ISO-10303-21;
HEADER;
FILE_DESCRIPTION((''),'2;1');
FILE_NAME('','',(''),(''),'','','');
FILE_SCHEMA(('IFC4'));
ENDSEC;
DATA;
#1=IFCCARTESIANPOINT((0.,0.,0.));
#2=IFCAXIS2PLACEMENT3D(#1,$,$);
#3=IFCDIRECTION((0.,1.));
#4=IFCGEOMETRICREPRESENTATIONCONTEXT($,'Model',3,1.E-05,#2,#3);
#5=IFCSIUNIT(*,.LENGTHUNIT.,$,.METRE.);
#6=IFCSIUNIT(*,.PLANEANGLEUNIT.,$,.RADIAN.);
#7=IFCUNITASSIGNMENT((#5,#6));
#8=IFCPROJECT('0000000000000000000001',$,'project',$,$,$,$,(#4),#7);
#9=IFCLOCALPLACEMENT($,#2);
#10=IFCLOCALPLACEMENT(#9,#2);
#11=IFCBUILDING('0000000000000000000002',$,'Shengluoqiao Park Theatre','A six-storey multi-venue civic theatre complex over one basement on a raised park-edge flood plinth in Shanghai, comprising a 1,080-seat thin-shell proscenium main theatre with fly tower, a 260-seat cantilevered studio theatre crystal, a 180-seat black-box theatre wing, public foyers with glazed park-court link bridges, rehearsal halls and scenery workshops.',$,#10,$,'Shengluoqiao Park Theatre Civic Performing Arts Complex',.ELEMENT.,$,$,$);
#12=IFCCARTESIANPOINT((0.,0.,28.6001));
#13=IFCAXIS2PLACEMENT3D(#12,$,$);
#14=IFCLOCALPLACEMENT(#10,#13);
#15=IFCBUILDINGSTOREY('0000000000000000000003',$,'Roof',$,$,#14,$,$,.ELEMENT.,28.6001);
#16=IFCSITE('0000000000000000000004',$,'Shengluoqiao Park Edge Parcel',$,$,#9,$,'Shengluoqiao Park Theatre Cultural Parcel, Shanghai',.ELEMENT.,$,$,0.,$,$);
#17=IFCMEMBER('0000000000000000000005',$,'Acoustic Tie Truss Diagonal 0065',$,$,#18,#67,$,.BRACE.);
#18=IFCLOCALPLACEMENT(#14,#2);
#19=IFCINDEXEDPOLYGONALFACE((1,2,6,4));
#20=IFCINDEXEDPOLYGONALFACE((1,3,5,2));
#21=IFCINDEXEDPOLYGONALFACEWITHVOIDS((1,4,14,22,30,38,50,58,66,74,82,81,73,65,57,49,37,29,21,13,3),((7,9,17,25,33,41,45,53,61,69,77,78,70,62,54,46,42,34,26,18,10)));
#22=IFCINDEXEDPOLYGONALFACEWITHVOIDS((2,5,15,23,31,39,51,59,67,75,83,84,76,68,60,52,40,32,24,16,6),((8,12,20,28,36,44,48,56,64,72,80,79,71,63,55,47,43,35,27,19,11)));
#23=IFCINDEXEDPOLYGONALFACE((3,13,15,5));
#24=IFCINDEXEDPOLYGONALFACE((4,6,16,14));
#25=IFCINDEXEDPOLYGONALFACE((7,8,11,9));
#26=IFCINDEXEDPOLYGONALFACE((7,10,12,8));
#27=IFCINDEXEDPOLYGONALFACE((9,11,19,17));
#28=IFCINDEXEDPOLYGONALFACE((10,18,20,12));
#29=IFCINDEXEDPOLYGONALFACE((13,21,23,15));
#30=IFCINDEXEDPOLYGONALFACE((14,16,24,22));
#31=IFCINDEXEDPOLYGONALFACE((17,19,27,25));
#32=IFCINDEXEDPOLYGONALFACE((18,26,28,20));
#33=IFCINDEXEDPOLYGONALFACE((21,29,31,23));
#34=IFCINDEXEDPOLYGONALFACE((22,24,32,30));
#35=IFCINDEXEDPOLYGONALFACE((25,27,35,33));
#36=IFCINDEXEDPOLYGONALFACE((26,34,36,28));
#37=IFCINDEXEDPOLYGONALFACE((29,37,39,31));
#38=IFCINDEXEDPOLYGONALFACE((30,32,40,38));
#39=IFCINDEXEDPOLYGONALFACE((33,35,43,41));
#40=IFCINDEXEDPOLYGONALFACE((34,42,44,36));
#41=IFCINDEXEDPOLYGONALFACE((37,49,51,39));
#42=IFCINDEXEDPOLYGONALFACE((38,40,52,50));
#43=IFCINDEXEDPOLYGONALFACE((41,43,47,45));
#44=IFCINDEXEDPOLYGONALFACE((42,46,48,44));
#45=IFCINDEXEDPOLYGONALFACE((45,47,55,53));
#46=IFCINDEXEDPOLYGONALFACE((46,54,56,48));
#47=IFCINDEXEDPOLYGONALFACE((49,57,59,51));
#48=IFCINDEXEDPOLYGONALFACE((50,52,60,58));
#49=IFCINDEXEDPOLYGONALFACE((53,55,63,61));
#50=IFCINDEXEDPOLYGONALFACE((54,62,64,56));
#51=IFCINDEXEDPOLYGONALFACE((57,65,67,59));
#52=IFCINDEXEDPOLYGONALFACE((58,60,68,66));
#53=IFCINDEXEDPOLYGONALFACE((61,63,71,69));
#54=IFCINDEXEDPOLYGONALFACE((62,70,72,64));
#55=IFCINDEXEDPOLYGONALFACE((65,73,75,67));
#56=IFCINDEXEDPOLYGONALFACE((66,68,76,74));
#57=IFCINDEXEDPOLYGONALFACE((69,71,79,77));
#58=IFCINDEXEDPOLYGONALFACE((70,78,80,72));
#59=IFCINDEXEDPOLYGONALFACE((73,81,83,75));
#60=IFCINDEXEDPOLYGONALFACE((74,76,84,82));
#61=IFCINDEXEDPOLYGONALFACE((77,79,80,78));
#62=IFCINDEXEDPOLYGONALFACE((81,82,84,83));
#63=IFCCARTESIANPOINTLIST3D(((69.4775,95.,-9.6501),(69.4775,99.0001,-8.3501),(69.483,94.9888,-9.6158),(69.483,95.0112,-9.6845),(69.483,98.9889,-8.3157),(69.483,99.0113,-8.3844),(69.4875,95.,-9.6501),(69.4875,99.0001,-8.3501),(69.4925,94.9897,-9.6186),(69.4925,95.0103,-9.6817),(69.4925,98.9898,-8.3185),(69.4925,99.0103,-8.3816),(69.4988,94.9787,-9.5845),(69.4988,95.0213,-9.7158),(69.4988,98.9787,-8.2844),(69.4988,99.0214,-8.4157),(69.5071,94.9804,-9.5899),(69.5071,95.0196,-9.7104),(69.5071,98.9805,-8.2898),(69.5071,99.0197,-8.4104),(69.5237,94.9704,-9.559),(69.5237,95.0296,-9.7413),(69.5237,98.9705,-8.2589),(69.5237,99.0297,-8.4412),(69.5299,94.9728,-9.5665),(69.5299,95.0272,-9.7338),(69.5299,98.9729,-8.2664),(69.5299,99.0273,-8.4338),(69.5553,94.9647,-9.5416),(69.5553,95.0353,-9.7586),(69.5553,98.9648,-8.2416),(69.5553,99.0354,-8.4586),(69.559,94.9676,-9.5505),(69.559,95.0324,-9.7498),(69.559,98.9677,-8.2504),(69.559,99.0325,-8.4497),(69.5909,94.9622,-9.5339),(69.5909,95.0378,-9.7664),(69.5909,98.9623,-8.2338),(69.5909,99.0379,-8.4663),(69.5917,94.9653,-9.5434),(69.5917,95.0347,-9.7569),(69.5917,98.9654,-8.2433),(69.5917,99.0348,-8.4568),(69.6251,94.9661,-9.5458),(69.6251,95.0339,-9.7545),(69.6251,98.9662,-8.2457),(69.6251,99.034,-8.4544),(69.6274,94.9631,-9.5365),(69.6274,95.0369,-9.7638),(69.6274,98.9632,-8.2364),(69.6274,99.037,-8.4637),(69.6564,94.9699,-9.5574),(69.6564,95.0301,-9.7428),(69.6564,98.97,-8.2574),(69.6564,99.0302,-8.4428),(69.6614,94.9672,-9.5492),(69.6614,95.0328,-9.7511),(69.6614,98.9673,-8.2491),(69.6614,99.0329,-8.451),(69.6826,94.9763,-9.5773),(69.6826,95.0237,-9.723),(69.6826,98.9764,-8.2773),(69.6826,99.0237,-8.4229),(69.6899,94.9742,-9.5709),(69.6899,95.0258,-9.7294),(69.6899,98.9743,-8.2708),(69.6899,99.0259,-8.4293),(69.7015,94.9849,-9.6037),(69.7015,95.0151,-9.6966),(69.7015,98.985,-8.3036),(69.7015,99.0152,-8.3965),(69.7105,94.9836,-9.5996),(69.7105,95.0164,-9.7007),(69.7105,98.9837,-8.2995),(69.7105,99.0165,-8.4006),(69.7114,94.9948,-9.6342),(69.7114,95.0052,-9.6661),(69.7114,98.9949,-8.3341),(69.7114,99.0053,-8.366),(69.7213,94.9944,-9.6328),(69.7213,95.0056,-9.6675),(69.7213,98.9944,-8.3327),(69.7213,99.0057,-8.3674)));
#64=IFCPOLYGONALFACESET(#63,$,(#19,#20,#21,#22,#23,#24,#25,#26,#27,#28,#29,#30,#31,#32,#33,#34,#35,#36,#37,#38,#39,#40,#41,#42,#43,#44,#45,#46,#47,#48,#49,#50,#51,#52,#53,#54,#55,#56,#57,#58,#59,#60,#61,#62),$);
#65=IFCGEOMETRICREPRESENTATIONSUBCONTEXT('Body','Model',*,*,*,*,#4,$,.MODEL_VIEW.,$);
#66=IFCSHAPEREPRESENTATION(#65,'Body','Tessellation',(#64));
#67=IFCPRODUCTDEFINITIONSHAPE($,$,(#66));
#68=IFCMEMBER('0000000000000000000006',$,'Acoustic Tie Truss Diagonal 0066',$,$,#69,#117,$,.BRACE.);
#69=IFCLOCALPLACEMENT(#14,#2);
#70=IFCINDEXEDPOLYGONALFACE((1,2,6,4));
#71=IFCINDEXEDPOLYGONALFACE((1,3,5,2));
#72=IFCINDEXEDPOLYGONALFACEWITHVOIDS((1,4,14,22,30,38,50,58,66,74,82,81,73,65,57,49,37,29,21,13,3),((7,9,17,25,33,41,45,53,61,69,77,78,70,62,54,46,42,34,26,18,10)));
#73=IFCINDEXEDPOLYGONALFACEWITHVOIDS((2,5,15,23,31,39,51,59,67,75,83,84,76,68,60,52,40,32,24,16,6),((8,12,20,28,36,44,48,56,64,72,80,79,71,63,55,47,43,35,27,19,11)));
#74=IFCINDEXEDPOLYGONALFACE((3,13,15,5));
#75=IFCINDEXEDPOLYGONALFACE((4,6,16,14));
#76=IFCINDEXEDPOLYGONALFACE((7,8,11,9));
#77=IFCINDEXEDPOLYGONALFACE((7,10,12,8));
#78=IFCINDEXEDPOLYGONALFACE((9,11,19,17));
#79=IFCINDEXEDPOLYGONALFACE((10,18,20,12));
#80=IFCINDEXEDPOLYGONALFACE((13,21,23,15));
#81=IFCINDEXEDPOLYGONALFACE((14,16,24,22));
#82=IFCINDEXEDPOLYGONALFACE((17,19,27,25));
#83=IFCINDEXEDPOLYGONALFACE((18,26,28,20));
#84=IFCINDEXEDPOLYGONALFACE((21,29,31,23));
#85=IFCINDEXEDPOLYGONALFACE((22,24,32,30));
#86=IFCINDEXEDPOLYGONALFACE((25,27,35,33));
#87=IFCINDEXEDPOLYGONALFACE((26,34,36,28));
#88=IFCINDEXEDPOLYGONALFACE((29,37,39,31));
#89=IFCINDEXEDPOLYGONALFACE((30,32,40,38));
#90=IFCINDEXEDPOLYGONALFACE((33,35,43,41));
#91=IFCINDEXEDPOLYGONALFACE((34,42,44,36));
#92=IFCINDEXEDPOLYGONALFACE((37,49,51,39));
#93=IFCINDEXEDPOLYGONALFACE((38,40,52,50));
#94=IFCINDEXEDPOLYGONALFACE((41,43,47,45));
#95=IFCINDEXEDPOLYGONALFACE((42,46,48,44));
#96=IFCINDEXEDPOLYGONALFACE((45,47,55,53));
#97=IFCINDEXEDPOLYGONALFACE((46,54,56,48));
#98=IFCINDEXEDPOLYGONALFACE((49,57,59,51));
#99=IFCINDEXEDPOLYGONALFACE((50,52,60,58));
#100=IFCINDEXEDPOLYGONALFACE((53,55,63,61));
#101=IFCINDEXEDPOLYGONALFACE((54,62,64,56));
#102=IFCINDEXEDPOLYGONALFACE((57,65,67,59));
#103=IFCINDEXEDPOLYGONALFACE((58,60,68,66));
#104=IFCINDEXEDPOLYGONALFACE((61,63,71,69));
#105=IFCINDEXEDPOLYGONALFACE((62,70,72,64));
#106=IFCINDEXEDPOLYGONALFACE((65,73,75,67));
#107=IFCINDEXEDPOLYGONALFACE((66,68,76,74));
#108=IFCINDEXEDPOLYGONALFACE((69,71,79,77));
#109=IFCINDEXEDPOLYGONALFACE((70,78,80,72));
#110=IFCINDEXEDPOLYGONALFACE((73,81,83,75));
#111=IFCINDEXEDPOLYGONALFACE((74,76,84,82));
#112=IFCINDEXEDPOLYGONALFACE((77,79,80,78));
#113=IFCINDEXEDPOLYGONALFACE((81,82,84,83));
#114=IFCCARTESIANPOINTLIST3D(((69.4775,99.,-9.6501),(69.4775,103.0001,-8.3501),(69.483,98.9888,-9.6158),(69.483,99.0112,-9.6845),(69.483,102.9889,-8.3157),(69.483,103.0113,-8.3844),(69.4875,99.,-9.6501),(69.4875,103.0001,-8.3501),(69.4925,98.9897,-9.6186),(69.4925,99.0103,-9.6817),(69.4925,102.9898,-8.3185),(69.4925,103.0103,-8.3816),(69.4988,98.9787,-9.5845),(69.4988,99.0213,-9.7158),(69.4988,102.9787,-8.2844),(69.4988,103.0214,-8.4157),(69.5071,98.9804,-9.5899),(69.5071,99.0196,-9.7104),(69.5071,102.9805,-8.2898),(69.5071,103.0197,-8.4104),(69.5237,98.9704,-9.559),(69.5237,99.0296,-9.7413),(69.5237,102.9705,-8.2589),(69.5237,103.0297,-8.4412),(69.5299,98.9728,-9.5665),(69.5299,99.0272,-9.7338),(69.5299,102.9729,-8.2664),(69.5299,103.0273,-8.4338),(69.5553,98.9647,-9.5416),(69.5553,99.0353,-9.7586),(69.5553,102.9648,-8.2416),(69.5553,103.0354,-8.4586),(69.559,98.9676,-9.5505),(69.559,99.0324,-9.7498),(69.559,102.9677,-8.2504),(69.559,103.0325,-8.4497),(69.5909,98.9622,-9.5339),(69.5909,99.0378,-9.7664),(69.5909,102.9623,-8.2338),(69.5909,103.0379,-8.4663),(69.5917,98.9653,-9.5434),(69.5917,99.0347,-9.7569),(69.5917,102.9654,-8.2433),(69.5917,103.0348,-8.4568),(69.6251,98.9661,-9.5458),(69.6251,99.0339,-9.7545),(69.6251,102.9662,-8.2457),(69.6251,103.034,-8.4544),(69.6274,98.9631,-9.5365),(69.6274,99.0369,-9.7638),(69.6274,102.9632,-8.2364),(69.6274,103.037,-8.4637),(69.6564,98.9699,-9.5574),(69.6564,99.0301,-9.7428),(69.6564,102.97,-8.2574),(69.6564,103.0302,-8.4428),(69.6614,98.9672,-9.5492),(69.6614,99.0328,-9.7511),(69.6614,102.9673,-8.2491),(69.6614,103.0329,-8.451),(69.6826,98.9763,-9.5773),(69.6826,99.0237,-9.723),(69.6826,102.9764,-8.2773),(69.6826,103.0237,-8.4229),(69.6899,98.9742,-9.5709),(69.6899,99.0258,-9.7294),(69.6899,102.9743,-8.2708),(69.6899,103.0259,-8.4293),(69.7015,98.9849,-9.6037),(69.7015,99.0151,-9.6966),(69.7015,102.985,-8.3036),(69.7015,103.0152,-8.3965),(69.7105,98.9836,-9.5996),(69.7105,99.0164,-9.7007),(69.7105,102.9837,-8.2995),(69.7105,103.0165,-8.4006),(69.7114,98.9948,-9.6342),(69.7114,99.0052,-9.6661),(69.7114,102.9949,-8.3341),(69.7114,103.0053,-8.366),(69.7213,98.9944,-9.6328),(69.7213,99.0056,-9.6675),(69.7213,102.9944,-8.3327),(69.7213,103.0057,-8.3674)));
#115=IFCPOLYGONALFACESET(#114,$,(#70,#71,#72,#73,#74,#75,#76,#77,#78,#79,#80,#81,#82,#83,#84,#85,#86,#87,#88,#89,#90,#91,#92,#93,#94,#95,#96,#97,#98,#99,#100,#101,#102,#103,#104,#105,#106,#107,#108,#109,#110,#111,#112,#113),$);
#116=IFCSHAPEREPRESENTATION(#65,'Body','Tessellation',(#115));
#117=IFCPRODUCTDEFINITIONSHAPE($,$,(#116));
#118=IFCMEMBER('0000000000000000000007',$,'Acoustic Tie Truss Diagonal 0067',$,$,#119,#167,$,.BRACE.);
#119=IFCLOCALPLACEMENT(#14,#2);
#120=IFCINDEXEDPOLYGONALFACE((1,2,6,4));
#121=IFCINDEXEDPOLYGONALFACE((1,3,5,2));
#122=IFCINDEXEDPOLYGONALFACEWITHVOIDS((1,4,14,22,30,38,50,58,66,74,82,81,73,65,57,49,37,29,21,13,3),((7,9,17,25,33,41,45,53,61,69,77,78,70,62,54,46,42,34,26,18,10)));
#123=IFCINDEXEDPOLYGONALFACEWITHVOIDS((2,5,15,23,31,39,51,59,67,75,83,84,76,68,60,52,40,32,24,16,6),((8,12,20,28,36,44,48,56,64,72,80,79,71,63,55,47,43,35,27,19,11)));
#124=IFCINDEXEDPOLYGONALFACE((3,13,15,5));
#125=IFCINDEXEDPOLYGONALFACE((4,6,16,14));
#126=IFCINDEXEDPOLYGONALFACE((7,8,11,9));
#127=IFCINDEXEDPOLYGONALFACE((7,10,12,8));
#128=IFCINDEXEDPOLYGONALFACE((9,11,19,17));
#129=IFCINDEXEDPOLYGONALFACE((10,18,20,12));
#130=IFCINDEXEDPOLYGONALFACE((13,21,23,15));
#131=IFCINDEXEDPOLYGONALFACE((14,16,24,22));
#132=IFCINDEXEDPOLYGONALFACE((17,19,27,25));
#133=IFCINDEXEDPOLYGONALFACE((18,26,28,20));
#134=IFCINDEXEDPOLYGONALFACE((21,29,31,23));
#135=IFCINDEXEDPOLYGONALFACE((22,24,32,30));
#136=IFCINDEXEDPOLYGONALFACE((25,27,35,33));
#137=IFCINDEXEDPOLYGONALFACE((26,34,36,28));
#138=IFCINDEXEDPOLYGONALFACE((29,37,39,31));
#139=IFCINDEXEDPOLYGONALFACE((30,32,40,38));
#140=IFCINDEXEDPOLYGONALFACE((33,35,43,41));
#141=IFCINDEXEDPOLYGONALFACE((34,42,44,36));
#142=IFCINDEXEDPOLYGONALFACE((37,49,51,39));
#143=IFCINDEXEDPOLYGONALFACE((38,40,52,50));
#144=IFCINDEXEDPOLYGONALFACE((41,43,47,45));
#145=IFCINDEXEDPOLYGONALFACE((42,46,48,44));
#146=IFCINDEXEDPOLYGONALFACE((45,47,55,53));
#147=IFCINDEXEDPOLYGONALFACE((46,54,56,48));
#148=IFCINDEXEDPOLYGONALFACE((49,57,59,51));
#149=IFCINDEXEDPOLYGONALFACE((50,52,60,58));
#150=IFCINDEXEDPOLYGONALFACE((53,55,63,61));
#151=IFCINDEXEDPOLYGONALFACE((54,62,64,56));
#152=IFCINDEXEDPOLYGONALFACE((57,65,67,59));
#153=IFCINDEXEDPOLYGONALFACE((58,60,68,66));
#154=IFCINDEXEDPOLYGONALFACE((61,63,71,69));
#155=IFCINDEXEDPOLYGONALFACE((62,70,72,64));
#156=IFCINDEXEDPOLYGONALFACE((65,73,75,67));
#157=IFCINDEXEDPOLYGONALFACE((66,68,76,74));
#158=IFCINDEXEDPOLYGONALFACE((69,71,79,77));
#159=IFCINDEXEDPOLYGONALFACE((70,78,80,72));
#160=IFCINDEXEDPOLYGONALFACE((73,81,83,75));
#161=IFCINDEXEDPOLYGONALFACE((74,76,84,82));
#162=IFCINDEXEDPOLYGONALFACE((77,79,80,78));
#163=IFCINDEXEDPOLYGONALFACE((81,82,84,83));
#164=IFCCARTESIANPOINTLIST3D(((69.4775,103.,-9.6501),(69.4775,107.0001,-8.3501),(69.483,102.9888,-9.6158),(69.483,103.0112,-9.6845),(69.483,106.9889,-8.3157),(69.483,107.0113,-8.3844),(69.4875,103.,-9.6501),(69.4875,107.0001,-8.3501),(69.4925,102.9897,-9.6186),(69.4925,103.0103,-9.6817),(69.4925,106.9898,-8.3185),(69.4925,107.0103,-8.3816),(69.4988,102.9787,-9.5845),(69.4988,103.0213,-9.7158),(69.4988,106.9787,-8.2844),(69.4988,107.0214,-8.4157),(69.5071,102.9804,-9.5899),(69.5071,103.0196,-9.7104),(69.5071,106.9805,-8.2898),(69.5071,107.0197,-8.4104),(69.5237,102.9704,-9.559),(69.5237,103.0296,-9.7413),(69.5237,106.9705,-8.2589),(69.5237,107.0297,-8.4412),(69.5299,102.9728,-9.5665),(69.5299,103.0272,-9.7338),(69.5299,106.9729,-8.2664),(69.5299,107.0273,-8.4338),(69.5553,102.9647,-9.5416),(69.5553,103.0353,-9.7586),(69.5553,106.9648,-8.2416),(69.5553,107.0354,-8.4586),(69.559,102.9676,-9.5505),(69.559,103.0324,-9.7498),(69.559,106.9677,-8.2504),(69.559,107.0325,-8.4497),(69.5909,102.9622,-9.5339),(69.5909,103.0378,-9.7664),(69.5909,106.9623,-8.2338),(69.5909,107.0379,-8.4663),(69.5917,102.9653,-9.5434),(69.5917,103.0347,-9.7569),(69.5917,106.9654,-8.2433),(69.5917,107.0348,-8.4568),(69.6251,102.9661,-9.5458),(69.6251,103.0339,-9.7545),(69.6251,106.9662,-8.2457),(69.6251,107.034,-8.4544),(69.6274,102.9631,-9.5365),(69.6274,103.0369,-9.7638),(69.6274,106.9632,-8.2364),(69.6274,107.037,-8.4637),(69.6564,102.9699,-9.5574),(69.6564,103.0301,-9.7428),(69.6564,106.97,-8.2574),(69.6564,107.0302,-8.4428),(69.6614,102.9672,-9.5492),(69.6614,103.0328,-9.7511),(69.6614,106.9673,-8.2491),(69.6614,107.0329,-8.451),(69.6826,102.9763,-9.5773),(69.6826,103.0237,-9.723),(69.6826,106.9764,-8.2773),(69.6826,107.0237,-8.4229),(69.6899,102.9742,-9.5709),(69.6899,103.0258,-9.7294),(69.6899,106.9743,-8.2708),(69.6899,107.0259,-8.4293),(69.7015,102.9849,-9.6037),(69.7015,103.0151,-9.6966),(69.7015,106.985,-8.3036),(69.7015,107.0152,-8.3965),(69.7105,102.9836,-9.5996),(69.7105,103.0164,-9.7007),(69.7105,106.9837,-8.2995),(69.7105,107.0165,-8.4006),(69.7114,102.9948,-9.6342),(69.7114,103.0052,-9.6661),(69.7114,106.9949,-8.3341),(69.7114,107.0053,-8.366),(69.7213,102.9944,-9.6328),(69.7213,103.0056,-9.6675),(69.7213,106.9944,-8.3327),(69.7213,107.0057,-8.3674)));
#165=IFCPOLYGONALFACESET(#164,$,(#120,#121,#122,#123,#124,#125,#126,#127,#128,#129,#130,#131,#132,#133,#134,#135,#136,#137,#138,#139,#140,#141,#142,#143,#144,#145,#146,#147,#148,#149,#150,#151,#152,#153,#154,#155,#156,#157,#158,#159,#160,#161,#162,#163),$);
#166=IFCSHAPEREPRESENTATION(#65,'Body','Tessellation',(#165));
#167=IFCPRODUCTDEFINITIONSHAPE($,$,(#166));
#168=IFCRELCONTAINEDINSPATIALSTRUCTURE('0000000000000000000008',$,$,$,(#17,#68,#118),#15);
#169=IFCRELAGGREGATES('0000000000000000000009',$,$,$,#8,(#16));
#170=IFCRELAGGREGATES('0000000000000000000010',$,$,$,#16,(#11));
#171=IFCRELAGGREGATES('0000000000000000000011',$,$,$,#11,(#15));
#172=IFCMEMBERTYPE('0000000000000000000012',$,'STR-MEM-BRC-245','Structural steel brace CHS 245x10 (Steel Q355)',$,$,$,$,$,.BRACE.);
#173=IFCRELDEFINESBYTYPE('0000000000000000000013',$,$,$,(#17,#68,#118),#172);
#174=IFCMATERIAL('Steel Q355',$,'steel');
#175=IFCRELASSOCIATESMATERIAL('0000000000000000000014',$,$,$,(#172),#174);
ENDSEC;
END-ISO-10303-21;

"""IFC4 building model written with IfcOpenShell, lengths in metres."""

from ifc_helpers import new_model, si_unit, direction, frame, origin, origin_2d, place, context, subcontext, project, spatial, hollow_circle, extrude, material, material_profile, profile_set, type_object, element, save


model = new_model("IFC4")

# Units and contexts
model_context = context("Model", 3, precision=1e-05, world=origin(), true_north=direction((0.0, 1.0)))
body_context = subcontext(model_context, "Body", "Model", "MODEL_VIEW")
ifc_project = project(units=[si_unit("LENGTHUNIT", "METRE"), si_unit("PLANEANGLEUNIT", "RADIAN")], contexts=[model_context])

# Site, building, storey
site_placement = place(None, origin())
site = spatial("IfcSite", under=ifc_project, at=site_placement, Name="Shengluoqiao Park Edge Parcel", LongName="Shengluoqiao Park Theatre Cultural Parcel, Shanghai", CompositionType="ELEMENT", RefElevation=0.0)
building_placement = place(site_placement, origin())
building = spatial("IfcBuilding", under=site, at=building_placement, Name="Shengluoqiao Park Theatre", Description="A six-storey multi-venue civic theatre complex over one basement on a raised park-edge flood plinth in Shanghai, comprising a 1,080-seat thin-shell proscenium main theatre with fly tower, a 260-seat cantilevered studio theatre crystal, a 180-seat black-box theatre wing, public foyers with glazed park-court link bridges, rehearsal halls and scenery workshops.", LongName="Shengluoqiao Park Theatre Civic Performing Arts Complex", CompositionType="ELEMENT")
storey_placement = place(building_placement, frame((0.0, 0.0, 28.6001)))
storey = spatial("IfcBuildingStorey", under=building, at=storey_placement, Name="Roof", CompositionType="ELEMENT", Elevation=28.6001)

# Shared definitions
ifc_material = material(Name="Steel Q355", Category="steel")

# Members
ifc_material_profile_1 = material_profile(ifc_material, hollow_circle(Radius=0.1226, WallThickness=0.01, at=origin_2d()), Name="CHS 245x10")
ifc_profile_set_1 = profile_set([ifc_material_profile_1], Name="Steel Q355")
member_type_1 = type_object("IfcMemberType", Name="STR-MEM-BRC-245", Description="Structural steel brace CHS 245x10 (Steel Q355)", PredefinedType="BRACE", material=ifc_profile_set_1)
for number, where, z_axis, x_axis, name in (
    (1, (69.6001, 95.0, -9.6501), (0.0, 0.951031, 0.309097), (-1.0, 0.0, 0.0), "Acoustic Tie Truss Diagonal 0065"),
    (2, (69.6001, 99.0, -9.6501), (0.0, 0.951031, 0.309097), (-1.0, 0.0, 0.0), "Acoustic Tie Truss Diagonal 0066"),
    (3, (69.6001, 103.0, -9.6501), (0.0, 0.951031, 0.309097), (-1.0, 0.0, 0.0), "Acoustic Tie Truss Diagonal 0067"),
):
    element("IfcMember", number, at=place(storey_placement, frame(where, z_axis=z_axis, x_axis=x_axis)), inside=storey, type_object=member_type_1, Name=name, PredefinedType="BRACE", context=body_context, shape_type="SweptSolid", body=[
        extrude(hollow_circle(Radius=0.1226, WallThickness=0.01, at=origin_2d()), origin(), (0.0, 0.0, 1.0), 4.2061),
    ])

save(model, "model.ifc")
